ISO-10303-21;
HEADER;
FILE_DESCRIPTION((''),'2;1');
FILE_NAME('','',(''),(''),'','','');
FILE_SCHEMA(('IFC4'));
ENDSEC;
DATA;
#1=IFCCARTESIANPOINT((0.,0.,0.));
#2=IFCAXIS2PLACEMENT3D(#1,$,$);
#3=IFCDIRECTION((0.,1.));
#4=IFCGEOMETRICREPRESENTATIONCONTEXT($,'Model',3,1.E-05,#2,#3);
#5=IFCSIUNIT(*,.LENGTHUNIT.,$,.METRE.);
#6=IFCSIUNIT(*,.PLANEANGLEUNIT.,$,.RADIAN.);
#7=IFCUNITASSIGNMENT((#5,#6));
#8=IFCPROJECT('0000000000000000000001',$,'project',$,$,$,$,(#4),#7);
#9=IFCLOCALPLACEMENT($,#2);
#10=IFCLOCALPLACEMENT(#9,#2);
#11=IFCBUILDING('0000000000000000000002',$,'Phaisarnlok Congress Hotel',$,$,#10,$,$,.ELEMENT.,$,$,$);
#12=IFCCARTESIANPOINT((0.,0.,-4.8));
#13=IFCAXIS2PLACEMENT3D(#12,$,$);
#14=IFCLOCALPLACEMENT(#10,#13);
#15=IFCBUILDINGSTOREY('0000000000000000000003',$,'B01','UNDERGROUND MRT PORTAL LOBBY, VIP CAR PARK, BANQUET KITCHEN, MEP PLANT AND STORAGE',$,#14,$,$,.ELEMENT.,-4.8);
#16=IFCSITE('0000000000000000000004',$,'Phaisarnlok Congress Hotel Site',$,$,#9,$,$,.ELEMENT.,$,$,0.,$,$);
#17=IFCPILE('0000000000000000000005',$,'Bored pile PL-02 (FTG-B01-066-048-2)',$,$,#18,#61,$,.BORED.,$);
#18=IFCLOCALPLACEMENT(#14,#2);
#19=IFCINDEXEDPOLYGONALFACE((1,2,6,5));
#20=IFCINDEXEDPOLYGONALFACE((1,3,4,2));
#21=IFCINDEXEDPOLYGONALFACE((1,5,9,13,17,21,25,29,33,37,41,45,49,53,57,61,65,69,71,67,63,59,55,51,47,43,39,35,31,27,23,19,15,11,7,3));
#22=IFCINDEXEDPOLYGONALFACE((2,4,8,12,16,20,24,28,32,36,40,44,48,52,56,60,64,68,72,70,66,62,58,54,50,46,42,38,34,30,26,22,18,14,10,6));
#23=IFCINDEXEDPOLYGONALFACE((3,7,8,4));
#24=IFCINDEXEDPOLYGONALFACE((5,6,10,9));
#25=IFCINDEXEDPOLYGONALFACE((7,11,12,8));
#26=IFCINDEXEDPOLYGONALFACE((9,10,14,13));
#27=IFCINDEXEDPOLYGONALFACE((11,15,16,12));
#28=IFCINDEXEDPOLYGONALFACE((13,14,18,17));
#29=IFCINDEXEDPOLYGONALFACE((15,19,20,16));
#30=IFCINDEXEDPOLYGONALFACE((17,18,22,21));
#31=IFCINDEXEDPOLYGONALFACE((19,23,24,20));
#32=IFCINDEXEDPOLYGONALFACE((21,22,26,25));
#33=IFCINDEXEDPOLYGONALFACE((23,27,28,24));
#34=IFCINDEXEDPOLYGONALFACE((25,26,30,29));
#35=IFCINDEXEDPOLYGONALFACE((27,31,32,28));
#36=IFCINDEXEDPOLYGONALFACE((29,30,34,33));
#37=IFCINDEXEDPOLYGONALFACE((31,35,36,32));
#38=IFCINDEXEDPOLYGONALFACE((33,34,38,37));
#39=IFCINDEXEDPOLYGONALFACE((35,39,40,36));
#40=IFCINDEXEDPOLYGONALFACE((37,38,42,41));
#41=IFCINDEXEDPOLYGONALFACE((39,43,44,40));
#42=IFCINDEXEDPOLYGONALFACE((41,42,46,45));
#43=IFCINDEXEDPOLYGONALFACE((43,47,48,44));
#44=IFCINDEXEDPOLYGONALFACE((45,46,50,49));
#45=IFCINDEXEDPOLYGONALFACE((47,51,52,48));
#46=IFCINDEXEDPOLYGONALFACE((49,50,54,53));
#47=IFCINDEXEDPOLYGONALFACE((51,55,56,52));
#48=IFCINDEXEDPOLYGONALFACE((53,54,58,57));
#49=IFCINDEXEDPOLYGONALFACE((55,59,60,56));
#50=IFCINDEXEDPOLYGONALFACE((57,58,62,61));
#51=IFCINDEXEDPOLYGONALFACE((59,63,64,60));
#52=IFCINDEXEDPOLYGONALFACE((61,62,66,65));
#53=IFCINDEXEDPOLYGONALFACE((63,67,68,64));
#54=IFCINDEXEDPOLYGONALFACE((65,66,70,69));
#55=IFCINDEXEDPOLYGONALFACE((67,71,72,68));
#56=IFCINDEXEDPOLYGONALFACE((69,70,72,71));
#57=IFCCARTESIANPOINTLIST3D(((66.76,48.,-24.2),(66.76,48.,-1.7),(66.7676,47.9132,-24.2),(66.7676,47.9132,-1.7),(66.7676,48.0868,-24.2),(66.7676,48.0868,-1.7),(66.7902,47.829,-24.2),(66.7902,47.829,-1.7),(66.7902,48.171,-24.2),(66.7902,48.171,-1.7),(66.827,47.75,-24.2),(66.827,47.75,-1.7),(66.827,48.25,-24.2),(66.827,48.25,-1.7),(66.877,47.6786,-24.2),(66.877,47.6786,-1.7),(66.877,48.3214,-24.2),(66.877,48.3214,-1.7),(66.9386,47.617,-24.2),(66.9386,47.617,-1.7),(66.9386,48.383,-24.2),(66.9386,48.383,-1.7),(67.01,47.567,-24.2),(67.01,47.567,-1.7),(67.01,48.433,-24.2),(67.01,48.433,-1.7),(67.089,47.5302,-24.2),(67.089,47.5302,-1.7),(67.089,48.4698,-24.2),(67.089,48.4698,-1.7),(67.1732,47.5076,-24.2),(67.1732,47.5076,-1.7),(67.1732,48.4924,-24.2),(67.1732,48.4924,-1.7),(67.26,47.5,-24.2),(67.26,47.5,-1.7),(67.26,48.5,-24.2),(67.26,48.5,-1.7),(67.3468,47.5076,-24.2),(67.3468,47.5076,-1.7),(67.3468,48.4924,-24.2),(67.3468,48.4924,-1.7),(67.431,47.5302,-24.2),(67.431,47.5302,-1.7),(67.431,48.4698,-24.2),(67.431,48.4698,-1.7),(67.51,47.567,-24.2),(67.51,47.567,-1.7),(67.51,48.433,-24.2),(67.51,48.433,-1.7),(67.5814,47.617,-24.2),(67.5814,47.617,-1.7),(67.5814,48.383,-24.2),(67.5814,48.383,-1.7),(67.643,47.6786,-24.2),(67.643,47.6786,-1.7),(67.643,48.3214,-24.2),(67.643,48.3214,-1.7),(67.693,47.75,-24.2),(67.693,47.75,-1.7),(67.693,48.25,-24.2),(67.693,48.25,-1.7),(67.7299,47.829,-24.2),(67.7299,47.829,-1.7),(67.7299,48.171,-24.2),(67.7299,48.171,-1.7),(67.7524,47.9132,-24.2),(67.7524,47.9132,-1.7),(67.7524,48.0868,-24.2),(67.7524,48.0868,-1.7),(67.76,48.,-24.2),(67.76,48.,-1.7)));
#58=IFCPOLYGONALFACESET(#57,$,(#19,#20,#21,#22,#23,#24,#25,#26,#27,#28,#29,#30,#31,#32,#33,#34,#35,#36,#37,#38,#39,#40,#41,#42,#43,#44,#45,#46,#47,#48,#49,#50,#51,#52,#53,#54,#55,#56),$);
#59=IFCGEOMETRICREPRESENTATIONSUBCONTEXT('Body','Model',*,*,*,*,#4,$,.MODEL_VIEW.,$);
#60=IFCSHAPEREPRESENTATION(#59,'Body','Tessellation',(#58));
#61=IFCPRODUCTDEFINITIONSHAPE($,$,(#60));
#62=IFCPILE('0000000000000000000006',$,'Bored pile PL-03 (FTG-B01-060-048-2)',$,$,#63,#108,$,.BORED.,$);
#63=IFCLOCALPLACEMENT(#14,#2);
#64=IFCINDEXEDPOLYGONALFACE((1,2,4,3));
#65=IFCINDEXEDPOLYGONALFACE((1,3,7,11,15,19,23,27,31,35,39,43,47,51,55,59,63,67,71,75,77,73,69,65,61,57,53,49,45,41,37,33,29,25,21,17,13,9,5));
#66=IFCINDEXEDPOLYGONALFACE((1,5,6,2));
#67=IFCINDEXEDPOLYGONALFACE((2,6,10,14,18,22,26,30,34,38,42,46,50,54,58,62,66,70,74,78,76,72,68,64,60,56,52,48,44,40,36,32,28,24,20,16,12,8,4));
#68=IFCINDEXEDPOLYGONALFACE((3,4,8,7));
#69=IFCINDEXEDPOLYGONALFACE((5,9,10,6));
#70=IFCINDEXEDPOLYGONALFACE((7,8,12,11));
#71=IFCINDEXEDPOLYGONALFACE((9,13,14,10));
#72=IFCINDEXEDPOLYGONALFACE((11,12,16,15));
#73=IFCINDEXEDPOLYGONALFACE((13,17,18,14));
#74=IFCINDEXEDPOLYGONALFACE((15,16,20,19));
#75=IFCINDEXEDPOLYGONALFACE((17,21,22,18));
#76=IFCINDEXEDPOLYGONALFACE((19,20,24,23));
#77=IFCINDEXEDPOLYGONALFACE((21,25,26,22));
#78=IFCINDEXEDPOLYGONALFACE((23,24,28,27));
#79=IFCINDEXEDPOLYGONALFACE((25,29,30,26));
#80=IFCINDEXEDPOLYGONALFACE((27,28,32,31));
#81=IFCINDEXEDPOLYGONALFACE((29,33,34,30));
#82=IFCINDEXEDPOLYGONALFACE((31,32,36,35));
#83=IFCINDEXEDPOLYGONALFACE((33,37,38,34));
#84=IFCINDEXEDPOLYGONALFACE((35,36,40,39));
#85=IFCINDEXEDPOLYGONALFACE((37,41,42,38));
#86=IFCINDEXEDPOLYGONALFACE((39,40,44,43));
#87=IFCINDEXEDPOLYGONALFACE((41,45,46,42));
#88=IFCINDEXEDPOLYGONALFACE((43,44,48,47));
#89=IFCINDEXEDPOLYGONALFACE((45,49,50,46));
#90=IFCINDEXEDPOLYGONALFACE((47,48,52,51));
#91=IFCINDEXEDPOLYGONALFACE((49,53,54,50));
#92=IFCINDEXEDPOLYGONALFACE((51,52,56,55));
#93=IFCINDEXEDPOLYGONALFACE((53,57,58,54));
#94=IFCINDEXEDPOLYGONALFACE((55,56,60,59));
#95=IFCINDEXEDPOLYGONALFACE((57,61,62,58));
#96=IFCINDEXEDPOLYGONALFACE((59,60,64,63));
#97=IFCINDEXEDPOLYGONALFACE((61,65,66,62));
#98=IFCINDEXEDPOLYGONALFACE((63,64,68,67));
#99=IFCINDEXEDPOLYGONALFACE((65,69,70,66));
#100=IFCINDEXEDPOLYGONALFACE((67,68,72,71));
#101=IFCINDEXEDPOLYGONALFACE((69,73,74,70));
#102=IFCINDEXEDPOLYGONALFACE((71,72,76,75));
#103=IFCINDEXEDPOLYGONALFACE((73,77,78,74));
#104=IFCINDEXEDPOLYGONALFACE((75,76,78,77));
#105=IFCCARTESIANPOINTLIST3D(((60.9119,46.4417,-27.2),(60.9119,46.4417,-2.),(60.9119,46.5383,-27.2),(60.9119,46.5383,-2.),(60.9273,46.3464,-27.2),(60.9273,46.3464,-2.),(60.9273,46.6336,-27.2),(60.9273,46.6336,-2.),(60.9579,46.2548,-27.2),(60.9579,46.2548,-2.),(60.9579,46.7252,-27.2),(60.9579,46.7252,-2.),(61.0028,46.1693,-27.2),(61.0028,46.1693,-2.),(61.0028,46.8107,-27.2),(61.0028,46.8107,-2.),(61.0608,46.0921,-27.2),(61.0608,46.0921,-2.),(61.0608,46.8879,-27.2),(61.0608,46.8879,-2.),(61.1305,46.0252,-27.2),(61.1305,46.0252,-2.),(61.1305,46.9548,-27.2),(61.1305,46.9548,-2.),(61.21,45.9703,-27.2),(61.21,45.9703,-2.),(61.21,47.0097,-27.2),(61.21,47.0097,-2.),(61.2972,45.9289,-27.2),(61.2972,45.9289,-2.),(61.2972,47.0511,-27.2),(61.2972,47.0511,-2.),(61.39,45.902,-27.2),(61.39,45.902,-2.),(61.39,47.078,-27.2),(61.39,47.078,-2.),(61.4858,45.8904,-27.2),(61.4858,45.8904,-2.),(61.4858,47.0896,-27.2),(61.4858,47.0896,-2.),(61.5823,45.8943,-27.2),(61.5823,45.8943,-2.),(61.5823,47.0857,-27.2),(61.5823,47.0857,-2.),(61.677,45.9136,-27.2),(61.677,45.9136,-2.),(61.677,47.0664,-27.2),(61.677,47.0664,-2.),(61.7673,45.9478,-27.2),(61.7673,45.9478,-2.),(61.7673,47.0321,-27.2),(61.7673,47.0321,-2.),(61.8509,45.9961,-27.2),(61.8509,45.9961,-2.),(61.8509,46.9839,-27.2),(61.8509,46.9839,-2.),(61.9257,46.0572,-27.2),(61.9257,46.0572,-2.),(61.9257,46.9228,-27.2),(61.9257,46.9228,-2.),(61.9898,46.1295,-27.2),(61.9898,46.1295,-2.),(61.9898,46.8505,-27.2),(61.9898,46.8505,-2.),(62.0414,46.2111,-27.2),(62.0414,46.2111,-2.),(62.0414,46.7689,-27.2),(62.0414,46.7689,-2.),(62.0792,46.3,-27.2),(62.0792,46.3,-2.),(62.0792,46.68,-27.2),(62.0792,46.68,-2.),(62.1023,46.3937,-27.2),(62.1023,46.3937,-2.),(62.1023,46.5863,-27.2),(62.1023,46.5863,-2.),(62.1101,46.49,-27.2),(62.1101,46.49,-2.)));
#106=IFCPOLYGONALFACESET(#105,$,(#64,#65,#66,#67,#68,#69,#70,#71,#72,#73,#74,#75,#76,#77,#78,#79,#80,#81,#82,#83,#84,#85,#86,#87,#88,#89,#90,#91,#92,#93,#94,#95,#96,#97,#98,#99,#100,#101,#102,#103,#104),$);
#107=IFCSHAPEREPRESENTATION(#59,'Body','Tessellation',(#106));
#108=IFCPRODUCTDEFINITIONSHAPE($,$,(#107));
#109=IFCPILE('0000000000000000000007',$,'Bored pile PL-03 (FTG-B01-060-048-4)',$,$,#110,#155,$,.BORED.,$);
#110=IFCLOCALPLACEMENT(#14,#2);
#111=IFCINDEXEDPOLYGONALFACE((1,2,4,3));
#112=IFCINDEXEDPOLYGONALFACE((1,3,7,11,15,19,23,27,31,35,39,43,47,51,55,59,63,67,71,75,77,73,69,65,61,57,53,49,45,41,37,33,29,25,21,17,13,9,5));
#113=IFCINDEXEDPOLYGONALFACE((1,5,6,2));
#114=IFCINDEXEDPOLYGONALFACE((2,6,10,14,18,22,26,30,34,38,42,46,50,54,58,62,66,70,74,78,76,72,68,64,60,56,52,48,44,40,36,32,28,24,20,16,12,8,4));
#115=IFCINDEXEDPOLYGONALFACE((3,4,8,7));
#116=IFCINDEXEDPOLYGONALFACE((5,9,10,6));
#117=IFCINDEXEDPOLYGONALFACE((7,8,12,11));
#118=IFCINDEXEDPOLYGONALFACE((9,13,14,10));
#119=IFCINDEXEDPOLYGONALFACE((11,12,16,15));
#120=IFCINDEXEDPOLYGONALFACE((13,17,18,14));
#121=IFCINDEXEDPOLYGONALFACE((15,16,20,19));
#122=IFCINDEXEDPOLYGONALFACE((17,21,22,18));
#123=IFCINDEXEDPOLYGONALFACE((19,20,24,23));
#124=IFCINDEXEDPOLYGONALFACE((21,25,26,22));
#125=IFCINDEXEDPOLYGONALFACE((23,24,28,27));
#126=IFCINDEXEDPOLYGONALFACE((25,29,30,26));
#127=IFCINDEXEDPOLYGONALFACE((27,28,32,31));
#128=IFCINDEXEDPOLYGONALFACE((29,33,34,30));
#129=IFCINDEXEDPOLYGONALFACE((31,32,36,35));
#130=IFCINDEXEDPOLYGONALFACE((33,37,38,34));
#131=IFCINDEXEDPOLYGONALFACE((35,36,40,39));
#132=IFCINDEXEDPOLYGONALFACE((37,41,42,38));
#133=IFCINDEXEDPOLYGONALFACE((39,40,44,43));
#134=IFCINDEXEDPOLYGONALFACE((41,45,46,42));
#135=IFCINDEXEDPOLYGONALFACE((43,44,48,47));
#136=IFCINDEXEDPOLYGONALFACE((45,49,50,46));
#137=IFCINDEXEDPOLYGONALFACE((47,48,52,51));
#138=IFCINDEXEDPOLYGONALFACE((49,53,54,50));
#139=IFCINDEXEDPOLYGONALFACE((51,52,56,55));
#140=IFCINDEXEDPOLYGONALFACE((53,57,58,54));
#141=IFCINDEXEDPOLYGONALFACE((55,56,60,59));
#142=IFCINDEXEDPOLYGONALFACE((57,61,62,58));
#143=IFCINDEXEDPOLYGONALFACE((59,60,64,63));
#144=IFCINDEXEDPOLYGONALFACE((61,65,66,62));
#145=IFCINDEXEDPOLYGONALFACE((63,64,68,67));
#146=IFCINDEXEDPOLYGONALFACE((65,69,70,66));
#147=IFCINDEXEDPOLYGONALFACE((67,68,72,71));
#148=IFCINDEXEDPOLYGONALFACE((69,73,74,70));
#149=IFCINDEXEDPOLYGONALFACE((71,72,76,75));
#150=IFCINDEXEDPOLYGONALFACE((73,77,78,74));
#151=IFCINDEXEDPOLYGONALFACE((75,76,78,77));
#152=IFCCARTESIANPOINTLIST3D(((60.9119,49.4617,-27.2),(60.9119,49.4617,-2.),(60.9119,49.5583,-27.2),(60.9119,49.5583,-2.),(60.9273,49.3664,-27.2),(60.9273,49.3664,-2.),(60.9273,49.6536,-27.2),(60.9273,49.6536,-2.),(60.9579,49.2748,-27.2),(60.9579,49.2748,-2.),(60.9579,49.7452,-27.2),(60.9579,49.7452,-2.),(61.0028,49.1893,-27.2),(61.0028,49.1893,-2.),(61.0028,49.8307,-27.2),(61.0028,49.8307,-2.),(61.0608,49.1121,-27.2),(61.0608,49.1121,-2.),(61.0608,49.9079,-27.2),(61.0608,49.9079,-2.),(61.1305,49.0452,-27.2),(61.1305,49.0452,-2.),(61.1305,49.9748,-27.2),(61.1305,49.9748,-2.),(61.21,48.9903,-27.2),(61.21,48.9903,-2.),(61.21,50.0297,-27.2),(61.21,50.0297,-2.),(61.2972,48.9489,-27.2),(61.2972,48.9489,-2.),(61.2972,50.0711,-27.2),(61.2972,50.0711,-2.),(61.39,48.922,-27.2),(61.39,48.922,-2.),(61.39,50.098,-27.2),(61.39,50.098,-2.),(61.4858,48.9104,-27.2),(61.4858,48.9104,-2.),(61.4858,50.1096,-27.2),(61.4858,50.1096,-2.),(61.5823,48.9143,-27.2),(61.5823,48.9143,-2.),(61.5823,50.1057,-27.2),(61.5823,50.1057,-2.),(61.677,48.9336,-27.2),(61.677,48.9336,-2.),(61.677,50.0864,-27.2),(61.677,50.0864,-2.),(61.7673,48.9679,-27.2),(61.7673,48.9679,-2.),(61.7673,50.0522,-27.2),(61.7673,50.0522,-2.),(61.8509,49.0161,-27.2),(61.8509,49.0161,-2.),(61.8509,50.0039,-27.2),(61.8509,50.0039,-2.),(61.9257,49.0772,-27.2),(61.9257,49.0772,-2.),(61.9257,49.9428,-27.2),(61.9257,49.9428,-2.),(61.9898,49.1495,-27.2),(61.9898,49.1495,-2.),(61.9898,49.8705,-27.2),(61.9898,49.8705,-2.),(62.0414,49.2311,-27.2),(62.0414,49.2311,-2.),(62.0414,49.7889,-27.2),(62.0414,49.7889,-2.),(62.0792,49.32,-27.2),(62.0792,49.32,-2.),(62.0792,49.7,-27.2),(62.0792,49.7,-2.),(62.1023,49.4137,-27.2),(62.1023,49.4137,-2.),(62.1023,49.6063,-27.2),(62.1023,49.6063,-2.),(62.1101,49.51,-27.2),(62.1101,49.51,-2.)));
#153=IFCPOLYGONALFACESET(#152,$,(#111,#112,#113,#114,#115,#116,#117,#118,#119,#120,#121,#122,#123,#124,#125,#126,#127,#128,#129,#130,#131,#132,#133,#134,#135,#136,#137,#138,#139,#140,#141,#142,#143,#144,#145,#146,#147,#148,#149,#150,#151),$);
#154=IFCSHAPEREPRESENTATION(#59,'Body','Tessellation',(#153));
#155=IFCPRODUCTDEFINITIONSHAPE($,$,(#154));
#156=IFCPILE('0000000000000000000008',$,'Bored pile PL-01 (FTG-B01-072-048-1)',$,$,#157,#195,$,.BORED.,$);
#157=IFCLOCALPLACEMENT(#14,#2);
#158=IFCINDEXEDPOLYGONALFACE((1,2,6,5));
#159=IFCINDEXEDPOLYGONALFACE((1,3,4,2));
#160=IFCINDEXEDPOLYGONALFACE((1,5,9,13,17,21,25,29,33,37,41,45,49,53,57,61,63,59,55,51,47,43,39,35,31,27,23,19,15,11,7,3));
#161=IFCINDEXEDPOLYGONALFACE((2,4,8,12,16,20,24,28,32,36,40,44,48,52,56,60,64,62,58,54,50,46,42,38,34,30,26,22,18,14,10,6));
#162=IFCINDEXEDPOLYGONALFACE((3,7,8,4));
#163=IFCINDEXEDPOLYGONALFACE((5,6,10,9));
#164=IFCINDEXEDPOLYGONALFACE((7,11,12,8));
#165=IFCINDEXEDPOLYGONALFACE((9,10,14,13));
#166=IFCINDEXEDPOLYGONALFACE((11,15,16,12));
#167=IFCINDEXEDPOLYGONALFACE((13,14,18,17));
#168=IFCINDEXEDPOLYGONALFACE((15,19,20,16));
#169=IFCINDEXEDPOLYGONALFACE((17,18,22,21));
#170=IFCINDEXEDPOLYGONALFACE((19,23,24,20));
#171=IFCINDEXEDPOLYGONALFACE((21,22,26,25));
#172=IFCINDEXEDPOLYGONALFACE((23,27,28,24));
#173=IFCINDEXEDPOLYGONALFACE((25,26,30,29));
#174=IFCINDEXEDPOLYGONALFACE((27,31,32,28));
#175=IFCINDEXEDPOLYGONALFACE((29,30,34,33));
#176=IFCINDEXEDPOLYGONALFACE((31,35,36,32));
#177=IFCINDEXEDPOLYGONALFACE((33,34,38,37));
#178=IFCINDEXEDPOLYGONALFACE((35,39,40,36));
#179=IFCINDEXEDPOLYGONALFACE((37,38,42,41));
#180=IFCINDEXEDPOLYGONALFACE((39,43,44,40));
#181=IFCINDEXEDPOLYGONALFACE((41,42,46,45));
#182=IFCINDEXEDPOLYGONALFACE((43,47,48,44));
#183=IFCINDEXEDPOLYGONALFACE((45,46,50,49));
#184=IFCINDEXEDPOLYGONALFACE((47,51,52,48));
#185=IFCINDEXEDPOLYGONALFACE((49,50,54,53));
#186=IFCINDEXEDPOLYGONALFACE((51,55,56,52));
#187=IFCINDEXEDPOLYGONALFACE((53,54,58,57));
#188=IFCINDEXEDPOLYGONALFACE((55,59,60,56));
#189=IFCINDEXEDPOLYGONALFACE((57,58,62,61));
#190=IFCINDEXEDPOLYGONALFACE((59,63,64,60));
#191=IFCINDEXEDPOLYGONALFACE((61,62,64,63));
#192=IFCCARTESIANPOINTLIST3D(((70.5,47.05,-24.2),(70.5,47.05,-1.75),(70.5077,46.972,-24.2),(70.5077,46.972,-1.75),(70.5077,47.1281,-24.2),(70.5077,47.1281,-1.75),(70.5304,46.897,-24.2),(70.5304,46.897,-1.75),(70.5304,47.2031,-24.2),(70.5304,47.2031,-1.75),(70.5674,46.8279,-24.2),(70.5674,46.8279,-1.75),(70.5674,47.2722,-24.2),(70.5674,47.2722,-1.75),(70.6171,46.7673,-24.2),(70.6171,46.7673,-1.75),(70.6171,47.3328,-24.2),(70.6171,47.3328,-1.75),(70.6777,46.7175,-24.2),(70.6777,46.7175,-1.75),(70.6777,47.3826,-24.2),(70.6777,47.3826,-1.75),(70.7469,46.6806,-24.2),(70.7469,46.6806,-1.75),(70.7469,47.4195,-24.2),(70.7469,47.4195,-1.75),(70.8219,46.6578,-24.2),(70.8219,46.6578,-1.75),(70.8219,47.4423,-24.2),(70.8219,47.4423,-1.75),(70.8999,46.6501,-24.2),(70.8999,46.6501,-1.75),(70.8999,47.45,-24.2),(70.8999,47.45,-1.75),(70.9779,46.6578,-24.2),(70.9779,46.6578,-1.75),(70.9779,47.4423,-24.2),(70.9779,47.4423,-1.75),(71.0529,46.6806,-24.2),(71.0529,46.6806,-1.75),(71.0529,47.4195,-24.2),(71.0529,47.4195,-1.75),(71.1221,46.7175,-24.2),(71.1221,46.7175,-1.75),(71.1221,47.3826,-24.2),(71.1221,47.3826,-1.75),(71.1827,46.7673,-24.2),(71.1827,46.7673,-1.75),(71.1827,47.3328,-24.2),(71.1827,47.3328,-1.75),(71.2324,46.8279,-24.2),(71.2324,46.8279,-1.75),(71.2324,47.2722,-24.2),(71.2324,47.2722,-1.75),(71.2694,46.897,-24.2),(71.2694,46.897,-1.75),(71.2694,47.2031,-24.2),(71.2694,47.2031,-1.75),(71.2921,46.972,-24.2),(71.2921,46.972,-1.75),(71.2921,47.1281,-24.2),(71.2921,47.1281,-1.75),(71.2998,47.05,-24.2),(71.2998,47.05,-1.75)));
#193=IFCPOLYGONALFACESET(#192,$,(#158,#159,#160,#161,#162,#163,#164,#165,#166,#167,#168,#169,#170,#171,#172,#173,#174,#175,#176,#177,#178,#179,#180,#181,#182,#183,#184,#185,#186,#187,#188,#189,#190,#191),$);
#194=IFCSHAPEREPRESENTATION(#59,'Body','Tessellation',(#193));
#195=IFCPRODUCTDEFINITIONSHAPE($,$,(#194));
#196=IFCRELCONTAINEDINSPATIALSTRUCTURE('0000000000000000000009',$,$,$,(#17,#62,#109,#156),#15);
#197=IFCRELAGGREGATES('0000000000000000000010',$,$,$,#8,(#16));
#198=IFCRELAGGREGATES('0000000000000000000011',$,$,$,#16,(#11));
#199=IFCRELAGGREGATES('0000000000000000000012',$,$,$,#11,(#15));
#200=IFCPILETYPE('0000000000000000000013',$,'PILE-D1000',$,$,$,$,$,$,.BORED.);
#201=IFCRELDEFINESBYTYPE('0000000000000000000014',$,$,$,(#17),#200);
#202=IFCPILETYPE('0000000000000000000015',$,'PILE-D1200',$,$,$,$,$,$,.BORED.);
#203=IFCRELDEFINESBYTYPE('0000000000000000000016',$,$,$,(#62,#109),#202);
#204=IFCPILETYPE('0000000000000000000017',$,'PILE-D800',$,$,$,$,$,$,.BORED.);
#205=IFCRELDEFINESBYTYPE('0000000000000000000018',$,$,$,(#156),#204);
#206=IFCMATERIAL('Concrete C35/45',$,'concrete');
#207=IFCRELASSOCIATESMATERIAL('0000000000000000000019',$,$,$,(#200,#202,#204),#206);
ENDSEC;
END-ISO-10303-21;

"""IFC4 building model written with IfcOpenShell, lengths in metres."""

from ifc_helpers import new_model, si_unit, direction, frame, origin, origin_2d, place, context, subcontext, project, spatial, circle, extrude, material, material_profile, profile_set, type_object, element, save


model = new_model("IFC4")

# Units and contexts
model_context = context("Model", 3, precision=1e-05, world=origin(), true_north=direction((0.0, 1.0)))
body_context = subcontext(model_context, "Body", "Model", "MODEL_VIEW")
ifc_project = project(units=[si_unit("LENGTHUNIT", "METRE"), si_unit("PLANEANGLEUNIT", "RADIAN")], contexts=[model_context])

# Site, building, storey
site_placement = place(None, origin())
site = spatial("IfcSite", under=ifc_project, at=site_placement, Name="Phaisarnlok Congress Hotel Site", CompositionType="ELEMENT", RefElevation=0.0)
building_placement = place(site_placement, origin())
building = spatial("IfcBuilding", under=site, at=building_placement, Name="Phaisarnlok Congress Hotel", CompositionType="ELEMENT")
storey_placement = place(building_placement, frame((0.0, 0.0, -4.8)))
storey = spatial("IfcBuildingStorey", under=building, at=storey_placement, Name="B01", Description="UNDERGROUND MRT PORTAL LOBBY, VIP CAR PARK, BANQUET KITCHEN, MEP PLANT AND STORAGE", CompositionType="ELEMENT", Elevation=-4.8)

# Piles
ifc_material_1 = material(Name="Concrete C35/45", Category="concrete")
ifc_material_profile_1 = material_profile(ifc_material_1, circle(Radius=0.5, at=origin_2d()), Name="BORED PILE D1000")
ifc_profile_set_1 = profile_set([ifc_material_profile_1], Name="Concrete C35/45")
pile_type_1 = type_object("IfcPileType", Name="PILE-D1000", PredefinedType="BORED", material=ifc_profile_set_1)
for number, where, z_axis, x_axis, name in (
    (1, (67.26, 48.0, -1.7), (0.0, 0.0, -1.0), (1.0, 0.0, 0.0), "Bored pile PL-02 (FTG-B01-066-048-2)"),
):
    element("IfcPile", number, at=place(storey_placement, frame(where, z_axis=z_axis, x_axis=x_axis)), inside=storey, type_object=pile_type_1, Name=name, PredefinedType="BORED", context=body_context, shape_type="SweptSolid", body=[
        extrude(circle(Radius=0.5, at=origin_2d()), origin(), (0.0, 0.0, 1.0), 22.5),
    ])
ifc_material_profile_2 = material_profile(ifc_material_1, circle(Radius=0.6001, at=origin_2d()), Name="BORED PILE D1200")
ifc_profile_set_2 = profile_set([ifc_material_profile_2], Name="Concrete C35/45")
pile_type_2 = type_object("IfcPileType", Name="PILE-D1200", PredefinedType="BORED", material=ifc_profile_set_2)
for number, where, z_axis, x_axis, name in (
    (2, (61.51, 46.49, -2.0), (0.0, 0.0, -1.0), (1.0, 0.0, 0.0), "Bored pile PL-03 (FTG-B01-060-048-2)"),
    (3, (61.51, 49.51, -2.0), (0.0, 0.0, -1.0), (1.0, 0.0, 0.0), "Bored pile PL-03 (FTG-B01-060-048-4)"),
):
    element("IfcPile", number, at=place(storey_placement, frame(where, z_axis=z_axis, x_axis=x_axis)), inside=storey, type_object=pile_type_2, Name=name, PredefinedType="BORED", context=body_context, shape_type="SweptSolid", body=[
        extrude(circle(Radius=0.6001, at=origin_2d()), origin(), (0.0, 0.0, 1.0), 25.2),
    ])
ifc_material_profile_3 = material_profile(ifc_material_1, circle(Radius=0.3999, at=origin_2d()), Name="BORED PILE D800")
ifc_profile_set_3 = profile_set([ifc_material_profile_3], Name="Concrete C35/45")
pile_type_3 = type_object("IfcPileType", Name="PILE-D800", PredefinedType="BORED", material=ifc_profile_set_3)
for number, where, z_axis, x_axis, name in (
    (4, (70.8999, 47.05, -1.75), (0.0, 0.0, -1.0), (1.0, 0.0, 0.0), "Bored pile PL-01 (FTG-B01-072-048-1)"),
):
    element("IfcPile", number, at=place(storey_placement, frame(where, z_axis=z_axis, x_axis=x_axis)), inside=storey, type_object=pile_type_3, Name=name, PredefinedType="BORED", context=body_context, shape_type="SweptSolid", body=[
        extrude(circle(Radius=0.3999, at=origin_2d()), origin(), (0.0, 0.0, 1.0), 22.45),
    ])

save(model, "model.ifc")
